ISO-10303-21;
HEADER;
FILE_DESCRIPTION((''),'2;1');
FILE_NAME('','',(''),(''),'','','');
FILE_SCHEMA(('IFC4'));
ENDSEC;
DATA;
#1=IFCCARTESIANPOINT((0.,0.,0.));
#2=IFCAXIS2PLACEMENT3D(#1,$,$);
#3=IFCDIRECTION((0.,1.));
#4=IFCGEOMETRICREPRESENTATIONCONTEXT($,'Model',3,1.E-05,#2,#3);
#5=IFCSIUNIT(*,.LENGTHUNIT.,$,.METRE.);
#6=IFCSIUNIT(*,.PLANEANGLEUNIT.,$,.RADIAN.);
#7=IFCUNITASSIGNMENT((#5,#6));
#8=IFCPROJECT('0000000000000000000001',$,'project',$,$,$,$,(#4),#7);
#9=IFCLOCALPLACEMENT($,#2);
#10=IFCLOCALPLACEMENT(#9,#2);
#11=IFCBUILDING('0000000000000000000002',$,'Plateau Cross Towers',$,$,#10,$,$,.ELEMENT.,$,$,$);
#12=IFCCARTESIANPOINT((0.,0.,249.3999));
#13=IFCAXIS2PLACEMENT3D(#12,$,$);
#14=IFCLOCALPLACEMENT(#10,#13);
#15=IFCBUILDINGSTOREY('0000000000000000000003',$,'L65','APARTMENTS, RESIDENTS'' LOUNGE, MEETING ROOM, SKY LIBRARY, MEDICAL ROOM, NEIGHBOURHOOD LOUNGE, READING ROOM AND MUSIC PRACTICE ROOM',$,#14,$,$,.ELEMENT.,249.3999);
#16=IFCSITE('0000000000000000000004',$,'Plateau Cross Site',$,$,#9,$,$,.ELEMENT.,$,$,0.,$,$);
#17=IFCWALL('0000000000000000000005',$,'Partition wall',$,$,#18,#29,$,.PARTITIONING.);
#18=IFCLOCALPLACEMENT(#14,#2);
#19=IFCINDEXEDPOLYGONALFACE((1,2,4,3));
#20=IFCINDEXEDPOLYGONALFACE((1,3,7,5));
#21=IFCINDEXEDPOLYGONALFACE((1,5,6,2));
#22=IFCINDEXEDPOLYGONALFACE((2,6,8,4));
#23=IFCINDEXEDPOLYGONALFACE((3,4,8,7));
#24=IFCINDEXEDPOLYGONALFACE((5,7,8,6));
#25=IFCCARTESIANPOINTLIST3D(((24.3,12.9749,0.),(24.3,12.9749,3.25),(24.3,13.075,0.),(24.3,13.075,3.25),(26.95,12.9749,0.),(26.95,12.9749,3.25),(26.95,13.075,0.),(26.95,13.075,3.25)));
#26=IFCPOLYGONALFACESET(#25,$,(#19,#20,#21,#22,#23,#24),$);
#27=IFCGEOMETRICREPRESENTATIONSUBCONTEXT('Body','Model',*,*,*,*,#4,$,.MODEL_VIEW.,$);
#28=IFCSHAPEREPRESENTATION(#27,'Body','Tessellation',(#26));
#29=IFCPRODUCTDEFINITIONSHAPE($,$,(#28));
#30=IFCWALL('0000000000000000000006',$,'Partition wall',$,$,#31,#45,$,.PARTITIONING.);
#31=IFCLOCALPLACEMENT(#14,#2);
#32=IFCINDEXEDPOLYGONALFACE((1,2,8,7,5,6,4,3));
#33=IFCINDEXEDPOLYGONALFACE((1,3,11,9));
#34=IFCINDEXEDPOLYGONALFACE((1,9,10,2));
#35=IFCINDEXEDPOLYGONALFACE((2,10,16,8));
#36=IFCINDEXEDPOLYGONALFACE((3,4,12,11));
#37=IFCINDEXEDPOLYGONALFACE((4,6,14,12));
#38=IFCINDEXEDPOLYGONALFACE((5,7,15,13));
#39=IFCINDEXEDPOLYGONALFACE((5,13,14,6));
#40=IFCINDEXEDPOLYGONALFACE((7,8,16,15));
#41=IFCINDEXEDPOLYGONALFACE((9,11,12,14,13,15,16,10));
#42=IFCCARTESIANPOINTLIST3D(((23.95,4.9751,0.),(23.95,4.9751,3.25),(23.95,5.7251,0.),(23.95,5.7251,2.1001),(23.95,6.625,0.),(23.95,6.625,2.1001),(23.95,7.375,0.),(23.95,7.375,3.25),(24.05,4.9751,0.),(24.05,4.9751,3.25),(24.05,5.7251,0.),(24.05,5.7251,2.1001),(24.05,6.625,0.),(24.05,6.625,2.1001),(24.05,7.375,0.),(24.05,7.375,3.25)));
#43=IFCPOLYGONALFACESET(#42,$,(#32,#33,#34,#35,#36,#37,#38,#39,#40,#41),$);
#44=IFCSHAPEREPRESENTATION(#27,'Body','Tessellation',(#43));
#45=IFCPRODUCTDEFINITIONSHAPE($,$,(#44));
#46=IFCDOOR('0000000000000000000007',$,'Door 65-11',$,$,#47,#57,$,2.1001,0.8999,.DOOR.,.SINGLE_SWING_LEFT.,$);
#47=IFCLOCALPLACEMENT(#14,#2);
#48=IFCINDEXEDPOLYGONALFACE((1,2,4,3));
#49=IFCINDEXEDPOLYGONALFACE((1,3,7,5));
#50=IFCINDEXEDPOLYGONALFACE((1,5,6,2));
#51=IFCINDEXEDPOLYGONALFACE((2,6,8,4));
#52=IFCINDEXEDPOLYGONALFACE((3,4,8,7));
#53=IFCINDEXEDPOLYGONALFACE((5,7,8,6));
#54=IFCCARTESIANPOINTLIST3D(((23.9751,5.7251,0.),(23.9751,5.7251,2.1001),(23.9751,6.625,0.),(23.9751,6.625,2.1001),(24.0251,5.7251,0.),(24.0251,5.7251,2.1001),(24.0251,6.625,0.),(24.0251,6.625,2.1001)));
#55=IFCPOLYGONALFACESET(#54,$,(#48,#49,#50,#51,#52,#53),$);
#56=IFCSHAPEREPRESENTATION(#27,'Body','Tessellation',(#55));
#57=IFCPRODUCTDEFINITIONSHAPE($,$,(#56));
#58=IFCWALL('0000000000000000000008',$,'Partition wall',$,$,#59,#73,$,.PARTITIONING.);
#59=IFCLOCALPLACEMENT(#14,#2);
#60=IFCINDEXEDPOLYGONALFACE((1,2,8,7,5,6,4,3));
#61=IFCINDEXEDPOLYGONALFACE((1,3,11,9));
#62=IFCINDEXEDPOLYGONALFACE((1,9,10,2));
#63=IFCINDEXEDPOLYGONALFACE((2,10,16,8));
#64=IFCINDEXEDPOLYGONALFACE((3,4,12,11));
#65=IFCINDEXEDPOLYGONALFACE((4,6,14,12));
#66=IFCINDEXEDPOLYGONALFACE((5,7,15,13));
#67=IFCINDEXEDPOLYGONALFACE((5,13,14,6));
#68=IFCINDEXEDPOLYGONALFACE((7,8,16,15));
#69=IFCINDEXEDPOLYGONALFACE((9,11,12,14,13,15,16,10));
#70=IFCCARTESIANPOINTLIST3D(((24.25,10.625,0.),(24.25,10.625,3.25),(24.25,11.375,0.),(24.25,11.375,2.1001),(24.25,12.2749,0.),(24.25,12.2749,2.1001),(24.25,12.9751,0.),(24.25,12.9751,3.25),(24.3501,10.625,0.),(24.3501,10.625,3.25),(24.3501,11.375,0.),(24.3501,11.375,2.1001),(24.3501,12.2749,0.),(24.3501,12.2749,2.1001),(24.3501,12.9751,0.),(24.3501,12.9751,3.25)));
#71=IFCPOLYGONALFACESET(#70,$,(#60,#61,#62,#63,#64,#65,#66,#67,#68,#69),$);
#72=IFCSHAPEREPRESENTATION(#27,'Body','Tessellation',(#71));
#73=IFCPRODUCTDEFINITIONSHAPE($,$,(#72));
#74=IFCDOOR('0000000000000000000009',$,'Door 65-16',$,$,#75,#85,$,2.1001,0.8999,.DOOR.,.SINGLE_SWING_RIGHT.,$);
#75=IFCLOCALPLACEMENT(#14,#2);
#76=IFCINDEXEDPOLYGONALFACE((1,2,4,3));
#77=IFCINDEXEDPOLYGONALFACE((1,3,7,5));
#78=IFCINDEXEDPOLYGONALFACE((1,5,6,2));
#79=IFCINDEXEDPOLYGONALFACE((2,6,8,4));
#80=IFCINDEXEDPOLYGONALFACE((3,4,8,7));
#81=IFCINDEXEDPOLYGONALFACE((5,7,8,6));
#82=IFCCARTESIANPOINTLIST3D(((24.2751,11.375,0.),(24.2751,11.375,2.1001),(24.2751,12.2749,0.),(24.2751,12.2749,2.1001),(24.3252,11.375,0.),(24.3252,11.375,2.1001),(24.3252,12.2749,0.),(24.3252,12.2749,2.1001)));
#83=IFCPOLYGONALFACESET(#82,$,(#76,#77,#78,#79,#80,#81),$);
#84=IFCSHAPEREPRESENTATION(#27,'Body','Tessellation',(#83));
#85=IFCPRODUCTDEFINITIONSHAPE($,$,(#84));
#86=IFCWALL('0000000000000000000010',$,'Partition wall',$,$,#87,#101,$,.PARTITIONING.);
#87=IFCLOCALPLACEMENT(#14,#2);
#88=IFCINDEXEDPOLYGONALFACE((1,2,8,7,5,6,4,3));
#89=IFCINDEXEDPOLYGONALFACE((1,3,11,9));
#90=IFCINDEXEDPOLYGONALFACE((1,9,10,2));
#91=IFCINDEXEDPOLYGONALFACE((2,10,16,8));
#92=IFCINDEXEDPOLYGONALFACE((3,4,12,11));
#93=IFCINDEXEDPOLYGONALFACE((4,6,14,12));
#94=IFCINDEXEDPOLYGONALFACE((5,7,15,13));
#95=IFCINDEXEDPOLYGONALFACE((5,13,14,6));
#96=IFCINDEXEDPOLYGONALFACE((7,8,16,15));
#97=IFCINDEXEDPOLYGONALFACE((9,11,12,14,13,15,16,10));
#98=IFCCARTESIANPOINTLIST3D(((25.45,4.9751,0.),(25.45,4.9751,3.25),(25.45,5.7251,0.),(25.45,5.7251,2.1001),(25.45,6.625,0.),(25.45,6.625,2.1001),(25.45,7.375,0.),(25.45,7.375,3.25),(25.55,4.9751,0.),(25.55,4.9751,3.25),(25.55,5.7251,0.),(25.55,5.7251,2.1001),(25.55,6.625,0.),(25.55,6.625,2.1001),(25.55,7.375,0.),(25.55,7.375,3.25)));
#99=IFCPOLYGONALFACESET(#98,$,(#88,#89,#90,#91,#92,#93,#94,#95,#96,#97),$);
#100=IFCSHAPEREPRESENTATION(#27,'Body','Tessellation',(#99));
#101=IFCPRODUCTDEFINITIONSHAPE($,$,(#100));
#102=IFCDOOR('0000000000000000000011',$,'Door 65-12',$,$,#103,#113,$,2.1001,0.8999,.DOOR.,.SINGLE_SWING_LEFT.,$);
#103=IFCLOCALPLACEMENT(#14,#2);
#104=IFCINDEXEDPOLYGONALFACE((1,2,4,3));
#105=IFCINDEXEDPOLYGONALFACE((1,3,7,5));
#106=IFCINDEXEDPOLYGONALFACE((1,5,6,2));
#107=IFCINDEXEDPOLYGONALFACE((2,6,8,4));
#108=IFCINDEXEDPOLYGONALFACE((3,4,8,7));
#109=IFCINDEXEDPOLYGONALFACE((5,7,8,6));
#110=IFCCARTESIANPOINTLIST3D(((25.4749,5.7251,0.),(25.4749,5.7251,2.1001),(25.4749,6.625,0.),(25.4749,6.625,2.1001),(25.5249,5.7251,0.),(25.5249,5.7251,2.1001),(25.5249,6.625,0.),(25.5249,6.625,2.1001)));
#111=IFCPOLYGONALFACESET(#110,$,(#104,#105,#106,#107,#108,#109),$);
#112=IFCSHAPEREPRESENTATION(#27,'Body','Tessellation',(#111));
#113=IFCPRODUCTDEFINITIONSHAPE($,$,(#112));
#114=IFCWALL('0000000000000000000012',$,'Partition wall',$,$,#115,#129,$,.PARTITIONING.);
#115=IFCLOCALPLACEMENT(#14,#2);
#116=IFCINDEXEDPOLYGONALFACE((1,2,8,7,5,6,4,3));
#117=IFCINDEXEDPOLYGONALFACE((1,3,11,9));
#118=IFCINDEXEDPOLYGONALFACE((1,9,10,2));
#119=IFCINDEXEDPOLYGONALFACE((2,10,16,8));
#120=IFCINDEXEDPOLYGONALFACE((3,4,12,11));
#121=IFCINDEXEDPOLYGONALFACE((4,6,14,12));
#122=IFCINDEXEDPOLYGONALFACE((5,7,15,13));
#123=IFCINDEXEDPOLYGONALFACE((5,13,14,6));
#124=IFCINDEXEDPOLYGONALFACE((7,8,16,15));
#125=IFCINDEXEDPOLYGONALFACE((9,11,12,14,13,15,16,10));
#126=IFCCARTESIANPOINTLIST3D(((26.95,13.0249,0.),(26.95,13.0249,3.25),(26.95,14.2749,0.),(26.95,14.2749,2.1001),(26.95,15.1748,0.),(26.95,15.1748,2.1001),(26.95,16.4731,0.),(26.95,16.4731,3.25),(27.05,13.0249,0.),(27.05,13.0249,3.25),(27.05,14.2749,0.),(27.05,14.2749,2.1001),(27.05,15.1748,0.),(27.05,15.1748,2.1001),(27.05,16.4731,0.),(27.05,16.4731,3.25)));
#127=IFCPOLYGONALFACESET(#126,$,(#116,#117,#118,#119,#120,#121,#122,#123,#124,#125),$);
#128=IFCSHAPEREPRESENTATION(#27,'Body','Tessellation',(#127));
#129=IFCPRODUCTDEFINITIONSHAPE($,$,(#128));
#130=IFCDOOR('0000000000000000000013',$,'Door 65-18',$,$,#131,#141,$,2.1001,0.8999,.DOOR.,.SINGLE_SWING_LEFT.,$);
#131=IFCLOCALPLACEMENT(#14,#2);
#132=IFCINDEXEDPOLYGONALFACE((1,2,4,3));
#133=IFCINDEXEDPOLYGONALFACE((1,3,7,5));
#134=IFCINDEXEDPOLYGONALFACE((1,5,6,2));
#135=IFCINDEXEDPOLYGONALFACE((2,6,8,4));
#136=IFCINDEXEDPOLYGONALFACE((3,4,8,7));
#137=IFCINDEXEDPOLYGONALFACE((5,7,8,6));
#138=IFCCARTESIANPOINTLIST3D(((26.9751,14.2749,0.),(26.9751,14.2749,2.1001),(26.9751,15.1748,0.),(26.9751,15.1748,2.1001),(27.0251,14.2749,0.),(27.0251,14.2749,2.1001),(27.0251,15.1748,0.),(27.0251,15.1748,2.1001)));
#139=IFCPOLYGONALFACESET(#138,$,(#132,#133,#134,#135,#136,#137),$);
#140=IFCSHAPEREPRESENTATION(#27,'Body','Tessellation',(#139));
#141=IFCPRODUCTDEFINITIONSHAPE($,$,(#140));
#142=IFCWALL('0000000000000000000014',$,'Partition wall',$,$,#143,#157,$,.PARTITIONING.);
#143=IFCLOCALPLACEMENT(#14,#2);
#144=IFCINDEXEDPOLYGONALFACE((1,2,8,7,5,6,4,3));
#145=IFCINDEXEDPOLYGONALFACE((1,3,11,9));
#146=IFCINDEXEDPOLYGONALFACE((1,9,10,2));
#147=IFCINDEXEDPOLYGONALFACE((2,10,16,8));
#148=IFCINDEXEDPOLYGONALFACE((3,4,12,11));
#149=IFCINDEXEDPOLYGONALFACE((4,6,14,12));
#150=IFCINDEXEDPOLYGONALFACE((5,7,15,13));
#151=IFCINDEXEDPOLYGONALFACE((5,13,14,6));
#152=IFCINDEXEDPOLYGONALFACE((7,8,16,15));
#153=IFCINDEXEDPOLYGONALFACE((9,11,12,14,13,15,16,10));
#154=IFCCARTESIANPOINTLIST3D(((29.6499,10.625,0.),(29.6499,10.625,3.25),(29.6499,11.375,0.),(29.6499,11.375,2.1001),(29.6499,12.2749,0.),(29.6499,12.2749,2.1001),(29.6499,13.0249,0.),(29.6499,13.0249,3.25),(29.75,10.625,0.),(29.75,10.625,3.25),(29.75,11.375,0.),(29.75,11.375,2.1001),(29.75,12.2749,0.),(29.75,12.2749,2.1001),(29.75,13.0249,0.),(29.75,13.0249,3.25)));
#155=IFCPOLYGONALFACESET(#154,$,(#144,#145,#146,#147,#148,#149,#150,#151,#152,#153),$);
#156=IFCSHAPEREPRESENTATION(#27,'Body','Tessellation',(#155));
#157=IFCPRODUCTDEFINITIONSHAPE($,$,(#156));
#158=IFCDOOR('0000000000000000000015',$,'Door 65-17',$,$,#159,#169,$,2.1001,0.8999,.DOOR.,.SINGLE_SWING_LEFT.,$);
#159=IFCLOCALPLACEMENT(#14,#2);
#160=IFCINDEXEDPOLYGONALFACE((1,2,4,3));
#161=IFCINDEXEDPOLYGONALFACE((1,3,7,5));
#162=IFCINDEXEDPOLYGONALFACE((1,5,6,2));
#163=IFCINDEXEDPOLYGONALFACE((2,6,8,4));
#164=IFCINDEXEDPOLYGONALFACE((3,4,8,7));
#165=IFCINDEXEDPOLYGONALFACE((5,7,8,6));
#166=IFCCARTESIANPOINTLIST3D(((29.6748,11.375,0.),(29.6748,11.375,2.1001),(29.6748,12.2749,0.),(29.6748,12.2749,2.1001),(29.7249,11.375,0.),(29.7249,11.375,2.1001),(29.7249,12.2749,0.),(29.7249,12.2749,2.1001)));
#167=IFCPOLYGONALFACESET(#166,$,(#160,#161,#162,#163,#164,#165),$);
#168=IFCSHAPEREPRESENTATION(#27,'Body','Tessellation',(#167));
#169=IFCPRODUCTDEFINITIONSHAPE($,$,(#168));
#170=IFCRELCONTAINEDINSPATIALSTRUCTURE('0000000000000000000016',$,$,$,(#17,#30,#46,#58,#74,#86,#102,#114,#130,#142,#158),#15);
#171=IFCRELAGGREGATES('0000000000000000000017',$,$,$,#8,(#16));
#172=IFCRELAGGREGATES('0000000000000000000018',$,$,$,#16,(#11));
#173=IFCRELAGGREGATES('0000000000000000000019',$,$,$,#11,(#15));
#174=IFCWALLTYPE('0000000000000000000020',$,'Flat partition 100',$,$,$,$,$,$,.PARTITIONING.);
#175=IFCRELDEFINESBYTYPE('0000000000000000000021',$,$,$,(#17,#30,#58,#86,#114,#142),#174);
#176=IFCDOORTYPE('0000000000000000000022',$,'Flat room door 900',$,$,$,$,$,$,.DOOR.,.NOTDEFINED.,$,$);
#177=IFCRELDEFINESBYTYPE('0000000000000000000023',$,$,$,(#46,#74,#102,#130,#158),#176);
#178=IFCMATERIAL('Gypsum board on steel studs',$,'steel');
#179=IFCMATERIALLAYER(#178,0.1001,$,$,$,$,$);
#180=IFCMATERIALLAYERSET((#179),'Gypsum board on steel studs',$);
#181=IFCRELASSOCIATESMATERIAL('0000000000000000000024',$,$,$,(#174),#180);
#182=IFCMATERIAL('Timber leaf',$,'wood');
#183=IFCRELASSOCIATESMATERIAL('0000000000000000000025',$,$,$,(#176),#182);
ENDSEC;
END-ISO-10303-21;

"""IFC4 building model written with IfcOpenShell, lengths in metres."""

from ifc_helpers import new_model, si_unit, direction, frame, frame_2d, origin, place, context, subcontext, project, spatial, rectangle, extrude, material, layer, layer_set, type_object, element, fill, save


model = new_model("IFC4")

# Units and contexts
model_context = context("Model", 3, precision=1e-05, world=origin(), true_north=direction((0.0, 1.0)))
body_context = subcontext(model_context, "Body", "Model", "MODEL_VIEW")
ifc_project = project(units=[si_unit("LENGTHUNIT", "METRE"), si_unit("PLANEANGLEUNIT", "RADIAN")], contexts=[model_context])

# Site, building, storey
site_placement = place(None, origin())
site = spatial("IfcSite", under=ifc_project, at=site_placement, Name="Plateau Cross Site", CompositionType="ELEMENT", RefElevation=0.0)
building_placement = place(site_placement, origin())
building = spatial("IfcBuilding", under=site, at=building_placement, Name="Plateau Cross Towers", CompositionType="ELEMENT")
storey_placement = place(building_placement, frame((0.0, 0.0, 249.3999)))
storey = spatial("IfcBuildingStorey", under=building, at=storey_placement, Name="L65", Description="APARTMENTS, RESIDENTS' LOUNGE, MEETING ROOM, SKY LIBRARY, MEDICAL ROOM, NEIGHBOURHOOD LOUNGE, READING ROOM AND MUSIC PRACTICE ROOM", CompositionType="ELEMENT", Elevation=249.3999)

# Wall
ifc_material_1 = material(Name="Gypsum board on steel studs", Category="steel")
ifc_layer_1 = layer(ifc_material_1, 0.1001)
ifc_layer_set_1 = layer_set([ifc_layer_1], Name="Gypsum board on steel studs")
wall_type_1 = type_object("IfcWallType", Name="Flat partition 100", PredefinedType="PARTITIONING", material=ifc_layer_set_1)
wall_1_placement = place(storey_placement, frame((24.3, 13.0249, 0.0), z_axis=(0.0, 0.0, 1.0), x_axis=(1.0, 0.0, 0.0)))
element("IfcWall", 1, at=wall_1_placement, inside=storey, type_object=wall_type_1, Name="Partition wall", PredefinedType="PARTITIONING", context=body_context, shape_type="SweptSolid", body=[
    extrude(rectangle(XDim=2.6499, YDim=0.1001, at=frame_2d((1.325, 0.0))), origin(), (0.0, 0.0, 1.0), 3.25),
])

# Walls, openings, doors
wall_2_placement = place(storey_placement, frame((24.0, 4.9751, 0.0), z_axis=(0.0, 0.0, 1.0), x_axis=(0.0, 1.0, 0.0)))
wall_2 = element("IfcWall", 2, at=wall_2_placement, inside=storey, type_object=wall_type_1, Name="Partition wall", PredefinedType="PARTITIONING", context=body_context, shape_type="SweptSolid", body=[
    extrude(rectangle(XDim=2.3999, YDim=0.1001, at=frame_2d((1.2, 0.0))), origin(), (0.0, 0.0, 1.0), 3.25),
])
opening_1_placement = place(wall_2_placement, frame((0.75, 0.0, 0.0)))
opening_1 = element("IfcOpeningElement", 3, at=opening_1_placement, cuts=wall_2, PredefinedType="OPENING", context=body_context, shape_type="SweptSolid", body=[
    extrude(rectangle(XDim=0.8999, YDim=2.1001, at=frame_2d((0.45, 1.05))), frame((0.0, 0.0601, 0.0), z_axis=(0.0, -1.0, 0.0), x_axis=(1.0, 0.0, 0.0)), (0.0, 0.0, 1.0), 0.1201),
])
ifc_material_2 = material(Name="Timber leaf", Category="wood")
door_type_1 = type_object("IfcDoorType", Name="Flat room door 900", OperationType="NOTDEFINED", PredefinedType="DOOR", material=ifc_material_2)
door_1_placement = place(opening_1_placement, origin())
door_1 = element("IfcDoor", 4, at=door_1_placement, inside=storey, type_object=door_type_1, Name="Door 65-11", OperationType="SINGLE_SWING_LEFT", OverallHeight=2.1001, OverallWidth=0.8999, PredefinedType="DOOR", context=body_context, shape_type="SweptSolid", body=[
    extrude(rectangle(XDim=0.8999, YDim=2.1001, at=frame_2d((0.45, 1.05))), frame((0.0, 0.0249, 0.0), z_axis=(0.0, -1.0, 0.0), x_axis=(1.0, 0.0, 0.0)), (0.0, 0.0, 1.0), 0.05),
])
fill(opening_1, door_1)
wall_3_placement = place(storey_placement, frame((24.3, 10.625, 0.0), z_axis=(0.0, 0.0, 1.0), x_axis=(0.0, 1.0, 0.0)))
wall_3 = element("IfcWall", 5, at=wall_3_placement, inside=storey, type_object=wall_type_1, Name="Partition wall", PredefinedType="PARTITIONING", context=body_context, shape_type="SweptSolid", body=[
    extrude(rectangle(XDim=2.3501, YDim=0.1001, at=frame_2d((1.175, 0.0))), origin(), (0.0, 0.0, 1.0), 3.25),
])
opening_2_placement = place(wall_3_placement, frame((0.75, 0.0, 0.0)))
opening_2 = element("IfcOpeningElement", 6, at=opening_2_placement, cuts=wall_3, PredefinedType="OPENING", context=body_context, shape_type="SweptSolid", body=[
    extrude(rectangle(XDim=0.8999, YDim=2.1001, at=frame_2d((0.45, 1.05))), frame((0.0, 0.0601, 0.0), z_axis=(0.0, -1.0, 0.0), x_axis=(1.0, 0.0, 0.0)), (0.0, 0.0, 1.0), 0.1201),
])
door_2_placement = place(opening_2_placement, origin())
door_2 = element("IfcDoor", 7, at=door_2_placement, inside=storey, type_object=door_type_1, Name="Door 65-16", OperationType="SINGLE_SWING_RIGHT", OverallHeight=2.1001, OverallWidth=0.8999, PredefinedType="DOOR", context=body_context, shape_type="SweptSolid", body=[
    extrude(rectangle(XDim=0.8999, YDim=2.1001, at=frame_2d((0.45, 1.05))), frame((0.0, 0.0249, 0.0), z_axis=(0.0, -1.0, 0.0), x_axis=(1.0, 0.0, 0.0)), (0.0, 0.0, 1.0), 0.05),
])
fill(opening_2, door_2)
wall_4_placement = place(storey_placement, frame((25.5, 7.375, 0.0), z_axis=(0.0, 0.0, 1.0), x_axis=(0.0, -1.0, 0.0)))
wall_4 = element("IfcWall", 8, at=wall_4_placement, inside=storey, type_object=wall_type_1, Name="Partition wall", PredefinedType="PARTITIONING", context=body_context, shape_type="SweptSolid", body=[
    extrude(rectangle(XDim=2.3999, YDim=0.1001, at=frame_2d((1.2, 0.0))), origin(), (0.0, 0.0, 1.0), 3.25),
])
opening_3_placement = place(wall_4_placement, frame((0.75, 0.0, 0.0)))
opening_3 = element("IfcOpeningElement", 9, at=opening_3_placement, cuts=wall_4, PredefinedType="OPENING", context=body_context, shape_type="SweptSolid", body=[
    extrude(rectangle(XDim=0.8999, YDim=2.1001, at=frame_2d((0.45, 1.05))), frame((0.0, 0.0601, 0.0), z_axis=(0.0, -1.0, 0.0), x_axis=(1.0, 0.0, 0.0)), (0.0, 0.0, 1.0), 0.1201),
])
door_3_placement = place(opening_3_placement, origin())
door_3 = element("IfcDoor", 10, at=door_3_placement, inside=storey, type_object=door_type_1, Name="Door 65-12", OperationType="SINGLE_SWING_LEFT", OverallHeight=2.1001, OverallWidth=0.8999, PredefinedType="DOOR", context=body_context, shape_type="SweptSolid", body=[
    extrude(rectangle(XDim=0.8999, YDim=2.1001, at=frame_2d((0.45, 1.05))), frame((0.0, 0.0249, 0.0), z_axis=(0.0, -1.0, 0.0), x_axis=(1.0, 0.0, 0.0)), (0.0, 0.0, 1.0), 0.05),
])
fill(opening_3, door_3)
wall_5_placement = place(storey_placement, frame((27.0, 13.0249, 0.0), z_axis=(0.0, 0.0, 1.0), x_axis=(0.0, 1.0, 0.0)))
wall_5 = element("IfcWall", 11, at=wall_5_placement, inside=storey, type_object=wall_type_1, Name="Partition wall", PredefinedType="PARTITIONING", context=body_context, shape_type="SweptSolid", body=[
    extrude(rectangle(XDim=3.4482, YDim=0.1001, at=frame_2d((1.7241, 0.0))), origin(), (0.0, 0.0, 1.0), 3.25),
])
opening_4_placement = place(wall_5_placement, frame((1.25, 0.0, 0.0)))
opening_4 = element("IfcOpeningElement", 12, at=opening_4_placement, cuts=wall_5, PredefinedType="OPENING", context=body_context, shape_type="SweptSolid", body=[
    extrude(rectangle(XDim=0.8999, YDim=2.1001, at=frame_2d((0.45, 1.05))), frame((0.0, 0.0601, 0.0), z_axis=(0.0, -1.0, 0.0), x_axis=(1.0, 0.0, 0.0)), (0.0, 0.0, 1.0), 0.1201),
])
door_4_placement = place(opening_4_placement, origin())
door_4 = element("IfcDoor", 13, at=door_4_placement, inside=storey, type_object=door_type_1, Name="Door 65-18", OperationType="SINGLE_SWING_LEFT", OverallHeight=2.1001, OverallWidth=0.8999, PredefinedType="DOOR", context=body_context, shape_type="SweptSolid", body=[
    extrude(rectangle(XDim=0.8999, YDim=2.1001, at=frame_2d((0.45, 1.05))), frame((0.0, 0.0249, 0.0), z_axis=(0.0, -1.0, 0.0), x_axis=(1.0, 0.0, 0.0)), (0.0, 0.0, 1.0), 0.05),
])
fill(opening_4, door_4)
wall_6_placement = place(storey_placement, frame((29.7, 13.0249, 0.0), z_axis=(0.0, 0.0, 1.0), x_axis=(0.0, -1.0, 0.0)))
wall_6 = element("IfcWall", 14, at=wall_6_placement, inside=storey, type_object=wall_type_1, Name="Partition wall", PredefinedType="PARTITIONING", context=body_context, shape_type="SweptSolid", body=[
    extrude(rectangle(XDim=2.3999, YDim=0.1001, at=frame_2d((1.2, 0.0))), origin(), (0.0, 0.0, 1.0), 3.25),
])
opening_5_placement = place(wall_6_placement, frame((0.75, 0.0, 0.0)))
opening_5 = element("IfcOpeningElement", 15, at=opening_5_placement, cuts=wall_6, PredefinedType="OPENING", context=body_context, shape_type="SweptSolid", body=[
    extrude(rectangle(XDim=0.8999, YDim=2.1001, at=frame_2d((0.45, 1.05))), frame((0.0, 0.0601, 0.0), z_axis=(0.0, -1.0, 0.0), x_axis=(1.0, 0.0, 0.0)), (0.0, 0.0, 1.0), 0.1201),
])
door_5_placement = place(opening_5_placement, origin())
door_5 = element("IfcDoor", 16, at=door_5_placement, inside=storey, type_object=door_type_1, Name="Door 65-17", OperationType="SINGLE_SWING_LEFT", OverallHeight=2.1001, OverallWidth=0.8999, PredefinedType="DOOR", context=body_context, shape_type="SweptSolid", body=[
    extrude(rectangle(XDim=0.8999, YDim=2.1001, at=frame_2d((0.45, 1.05))), frame((0.0, 0.0249, 0.0), z_axis=(0.0, -1.0, 0.0), x_axis=(1.0, 0.0, 0.0)), (0.0, 0.0, 1.0), 0.05),
])
fill(opening_5, door_5)

save(model, "model.ifc")
